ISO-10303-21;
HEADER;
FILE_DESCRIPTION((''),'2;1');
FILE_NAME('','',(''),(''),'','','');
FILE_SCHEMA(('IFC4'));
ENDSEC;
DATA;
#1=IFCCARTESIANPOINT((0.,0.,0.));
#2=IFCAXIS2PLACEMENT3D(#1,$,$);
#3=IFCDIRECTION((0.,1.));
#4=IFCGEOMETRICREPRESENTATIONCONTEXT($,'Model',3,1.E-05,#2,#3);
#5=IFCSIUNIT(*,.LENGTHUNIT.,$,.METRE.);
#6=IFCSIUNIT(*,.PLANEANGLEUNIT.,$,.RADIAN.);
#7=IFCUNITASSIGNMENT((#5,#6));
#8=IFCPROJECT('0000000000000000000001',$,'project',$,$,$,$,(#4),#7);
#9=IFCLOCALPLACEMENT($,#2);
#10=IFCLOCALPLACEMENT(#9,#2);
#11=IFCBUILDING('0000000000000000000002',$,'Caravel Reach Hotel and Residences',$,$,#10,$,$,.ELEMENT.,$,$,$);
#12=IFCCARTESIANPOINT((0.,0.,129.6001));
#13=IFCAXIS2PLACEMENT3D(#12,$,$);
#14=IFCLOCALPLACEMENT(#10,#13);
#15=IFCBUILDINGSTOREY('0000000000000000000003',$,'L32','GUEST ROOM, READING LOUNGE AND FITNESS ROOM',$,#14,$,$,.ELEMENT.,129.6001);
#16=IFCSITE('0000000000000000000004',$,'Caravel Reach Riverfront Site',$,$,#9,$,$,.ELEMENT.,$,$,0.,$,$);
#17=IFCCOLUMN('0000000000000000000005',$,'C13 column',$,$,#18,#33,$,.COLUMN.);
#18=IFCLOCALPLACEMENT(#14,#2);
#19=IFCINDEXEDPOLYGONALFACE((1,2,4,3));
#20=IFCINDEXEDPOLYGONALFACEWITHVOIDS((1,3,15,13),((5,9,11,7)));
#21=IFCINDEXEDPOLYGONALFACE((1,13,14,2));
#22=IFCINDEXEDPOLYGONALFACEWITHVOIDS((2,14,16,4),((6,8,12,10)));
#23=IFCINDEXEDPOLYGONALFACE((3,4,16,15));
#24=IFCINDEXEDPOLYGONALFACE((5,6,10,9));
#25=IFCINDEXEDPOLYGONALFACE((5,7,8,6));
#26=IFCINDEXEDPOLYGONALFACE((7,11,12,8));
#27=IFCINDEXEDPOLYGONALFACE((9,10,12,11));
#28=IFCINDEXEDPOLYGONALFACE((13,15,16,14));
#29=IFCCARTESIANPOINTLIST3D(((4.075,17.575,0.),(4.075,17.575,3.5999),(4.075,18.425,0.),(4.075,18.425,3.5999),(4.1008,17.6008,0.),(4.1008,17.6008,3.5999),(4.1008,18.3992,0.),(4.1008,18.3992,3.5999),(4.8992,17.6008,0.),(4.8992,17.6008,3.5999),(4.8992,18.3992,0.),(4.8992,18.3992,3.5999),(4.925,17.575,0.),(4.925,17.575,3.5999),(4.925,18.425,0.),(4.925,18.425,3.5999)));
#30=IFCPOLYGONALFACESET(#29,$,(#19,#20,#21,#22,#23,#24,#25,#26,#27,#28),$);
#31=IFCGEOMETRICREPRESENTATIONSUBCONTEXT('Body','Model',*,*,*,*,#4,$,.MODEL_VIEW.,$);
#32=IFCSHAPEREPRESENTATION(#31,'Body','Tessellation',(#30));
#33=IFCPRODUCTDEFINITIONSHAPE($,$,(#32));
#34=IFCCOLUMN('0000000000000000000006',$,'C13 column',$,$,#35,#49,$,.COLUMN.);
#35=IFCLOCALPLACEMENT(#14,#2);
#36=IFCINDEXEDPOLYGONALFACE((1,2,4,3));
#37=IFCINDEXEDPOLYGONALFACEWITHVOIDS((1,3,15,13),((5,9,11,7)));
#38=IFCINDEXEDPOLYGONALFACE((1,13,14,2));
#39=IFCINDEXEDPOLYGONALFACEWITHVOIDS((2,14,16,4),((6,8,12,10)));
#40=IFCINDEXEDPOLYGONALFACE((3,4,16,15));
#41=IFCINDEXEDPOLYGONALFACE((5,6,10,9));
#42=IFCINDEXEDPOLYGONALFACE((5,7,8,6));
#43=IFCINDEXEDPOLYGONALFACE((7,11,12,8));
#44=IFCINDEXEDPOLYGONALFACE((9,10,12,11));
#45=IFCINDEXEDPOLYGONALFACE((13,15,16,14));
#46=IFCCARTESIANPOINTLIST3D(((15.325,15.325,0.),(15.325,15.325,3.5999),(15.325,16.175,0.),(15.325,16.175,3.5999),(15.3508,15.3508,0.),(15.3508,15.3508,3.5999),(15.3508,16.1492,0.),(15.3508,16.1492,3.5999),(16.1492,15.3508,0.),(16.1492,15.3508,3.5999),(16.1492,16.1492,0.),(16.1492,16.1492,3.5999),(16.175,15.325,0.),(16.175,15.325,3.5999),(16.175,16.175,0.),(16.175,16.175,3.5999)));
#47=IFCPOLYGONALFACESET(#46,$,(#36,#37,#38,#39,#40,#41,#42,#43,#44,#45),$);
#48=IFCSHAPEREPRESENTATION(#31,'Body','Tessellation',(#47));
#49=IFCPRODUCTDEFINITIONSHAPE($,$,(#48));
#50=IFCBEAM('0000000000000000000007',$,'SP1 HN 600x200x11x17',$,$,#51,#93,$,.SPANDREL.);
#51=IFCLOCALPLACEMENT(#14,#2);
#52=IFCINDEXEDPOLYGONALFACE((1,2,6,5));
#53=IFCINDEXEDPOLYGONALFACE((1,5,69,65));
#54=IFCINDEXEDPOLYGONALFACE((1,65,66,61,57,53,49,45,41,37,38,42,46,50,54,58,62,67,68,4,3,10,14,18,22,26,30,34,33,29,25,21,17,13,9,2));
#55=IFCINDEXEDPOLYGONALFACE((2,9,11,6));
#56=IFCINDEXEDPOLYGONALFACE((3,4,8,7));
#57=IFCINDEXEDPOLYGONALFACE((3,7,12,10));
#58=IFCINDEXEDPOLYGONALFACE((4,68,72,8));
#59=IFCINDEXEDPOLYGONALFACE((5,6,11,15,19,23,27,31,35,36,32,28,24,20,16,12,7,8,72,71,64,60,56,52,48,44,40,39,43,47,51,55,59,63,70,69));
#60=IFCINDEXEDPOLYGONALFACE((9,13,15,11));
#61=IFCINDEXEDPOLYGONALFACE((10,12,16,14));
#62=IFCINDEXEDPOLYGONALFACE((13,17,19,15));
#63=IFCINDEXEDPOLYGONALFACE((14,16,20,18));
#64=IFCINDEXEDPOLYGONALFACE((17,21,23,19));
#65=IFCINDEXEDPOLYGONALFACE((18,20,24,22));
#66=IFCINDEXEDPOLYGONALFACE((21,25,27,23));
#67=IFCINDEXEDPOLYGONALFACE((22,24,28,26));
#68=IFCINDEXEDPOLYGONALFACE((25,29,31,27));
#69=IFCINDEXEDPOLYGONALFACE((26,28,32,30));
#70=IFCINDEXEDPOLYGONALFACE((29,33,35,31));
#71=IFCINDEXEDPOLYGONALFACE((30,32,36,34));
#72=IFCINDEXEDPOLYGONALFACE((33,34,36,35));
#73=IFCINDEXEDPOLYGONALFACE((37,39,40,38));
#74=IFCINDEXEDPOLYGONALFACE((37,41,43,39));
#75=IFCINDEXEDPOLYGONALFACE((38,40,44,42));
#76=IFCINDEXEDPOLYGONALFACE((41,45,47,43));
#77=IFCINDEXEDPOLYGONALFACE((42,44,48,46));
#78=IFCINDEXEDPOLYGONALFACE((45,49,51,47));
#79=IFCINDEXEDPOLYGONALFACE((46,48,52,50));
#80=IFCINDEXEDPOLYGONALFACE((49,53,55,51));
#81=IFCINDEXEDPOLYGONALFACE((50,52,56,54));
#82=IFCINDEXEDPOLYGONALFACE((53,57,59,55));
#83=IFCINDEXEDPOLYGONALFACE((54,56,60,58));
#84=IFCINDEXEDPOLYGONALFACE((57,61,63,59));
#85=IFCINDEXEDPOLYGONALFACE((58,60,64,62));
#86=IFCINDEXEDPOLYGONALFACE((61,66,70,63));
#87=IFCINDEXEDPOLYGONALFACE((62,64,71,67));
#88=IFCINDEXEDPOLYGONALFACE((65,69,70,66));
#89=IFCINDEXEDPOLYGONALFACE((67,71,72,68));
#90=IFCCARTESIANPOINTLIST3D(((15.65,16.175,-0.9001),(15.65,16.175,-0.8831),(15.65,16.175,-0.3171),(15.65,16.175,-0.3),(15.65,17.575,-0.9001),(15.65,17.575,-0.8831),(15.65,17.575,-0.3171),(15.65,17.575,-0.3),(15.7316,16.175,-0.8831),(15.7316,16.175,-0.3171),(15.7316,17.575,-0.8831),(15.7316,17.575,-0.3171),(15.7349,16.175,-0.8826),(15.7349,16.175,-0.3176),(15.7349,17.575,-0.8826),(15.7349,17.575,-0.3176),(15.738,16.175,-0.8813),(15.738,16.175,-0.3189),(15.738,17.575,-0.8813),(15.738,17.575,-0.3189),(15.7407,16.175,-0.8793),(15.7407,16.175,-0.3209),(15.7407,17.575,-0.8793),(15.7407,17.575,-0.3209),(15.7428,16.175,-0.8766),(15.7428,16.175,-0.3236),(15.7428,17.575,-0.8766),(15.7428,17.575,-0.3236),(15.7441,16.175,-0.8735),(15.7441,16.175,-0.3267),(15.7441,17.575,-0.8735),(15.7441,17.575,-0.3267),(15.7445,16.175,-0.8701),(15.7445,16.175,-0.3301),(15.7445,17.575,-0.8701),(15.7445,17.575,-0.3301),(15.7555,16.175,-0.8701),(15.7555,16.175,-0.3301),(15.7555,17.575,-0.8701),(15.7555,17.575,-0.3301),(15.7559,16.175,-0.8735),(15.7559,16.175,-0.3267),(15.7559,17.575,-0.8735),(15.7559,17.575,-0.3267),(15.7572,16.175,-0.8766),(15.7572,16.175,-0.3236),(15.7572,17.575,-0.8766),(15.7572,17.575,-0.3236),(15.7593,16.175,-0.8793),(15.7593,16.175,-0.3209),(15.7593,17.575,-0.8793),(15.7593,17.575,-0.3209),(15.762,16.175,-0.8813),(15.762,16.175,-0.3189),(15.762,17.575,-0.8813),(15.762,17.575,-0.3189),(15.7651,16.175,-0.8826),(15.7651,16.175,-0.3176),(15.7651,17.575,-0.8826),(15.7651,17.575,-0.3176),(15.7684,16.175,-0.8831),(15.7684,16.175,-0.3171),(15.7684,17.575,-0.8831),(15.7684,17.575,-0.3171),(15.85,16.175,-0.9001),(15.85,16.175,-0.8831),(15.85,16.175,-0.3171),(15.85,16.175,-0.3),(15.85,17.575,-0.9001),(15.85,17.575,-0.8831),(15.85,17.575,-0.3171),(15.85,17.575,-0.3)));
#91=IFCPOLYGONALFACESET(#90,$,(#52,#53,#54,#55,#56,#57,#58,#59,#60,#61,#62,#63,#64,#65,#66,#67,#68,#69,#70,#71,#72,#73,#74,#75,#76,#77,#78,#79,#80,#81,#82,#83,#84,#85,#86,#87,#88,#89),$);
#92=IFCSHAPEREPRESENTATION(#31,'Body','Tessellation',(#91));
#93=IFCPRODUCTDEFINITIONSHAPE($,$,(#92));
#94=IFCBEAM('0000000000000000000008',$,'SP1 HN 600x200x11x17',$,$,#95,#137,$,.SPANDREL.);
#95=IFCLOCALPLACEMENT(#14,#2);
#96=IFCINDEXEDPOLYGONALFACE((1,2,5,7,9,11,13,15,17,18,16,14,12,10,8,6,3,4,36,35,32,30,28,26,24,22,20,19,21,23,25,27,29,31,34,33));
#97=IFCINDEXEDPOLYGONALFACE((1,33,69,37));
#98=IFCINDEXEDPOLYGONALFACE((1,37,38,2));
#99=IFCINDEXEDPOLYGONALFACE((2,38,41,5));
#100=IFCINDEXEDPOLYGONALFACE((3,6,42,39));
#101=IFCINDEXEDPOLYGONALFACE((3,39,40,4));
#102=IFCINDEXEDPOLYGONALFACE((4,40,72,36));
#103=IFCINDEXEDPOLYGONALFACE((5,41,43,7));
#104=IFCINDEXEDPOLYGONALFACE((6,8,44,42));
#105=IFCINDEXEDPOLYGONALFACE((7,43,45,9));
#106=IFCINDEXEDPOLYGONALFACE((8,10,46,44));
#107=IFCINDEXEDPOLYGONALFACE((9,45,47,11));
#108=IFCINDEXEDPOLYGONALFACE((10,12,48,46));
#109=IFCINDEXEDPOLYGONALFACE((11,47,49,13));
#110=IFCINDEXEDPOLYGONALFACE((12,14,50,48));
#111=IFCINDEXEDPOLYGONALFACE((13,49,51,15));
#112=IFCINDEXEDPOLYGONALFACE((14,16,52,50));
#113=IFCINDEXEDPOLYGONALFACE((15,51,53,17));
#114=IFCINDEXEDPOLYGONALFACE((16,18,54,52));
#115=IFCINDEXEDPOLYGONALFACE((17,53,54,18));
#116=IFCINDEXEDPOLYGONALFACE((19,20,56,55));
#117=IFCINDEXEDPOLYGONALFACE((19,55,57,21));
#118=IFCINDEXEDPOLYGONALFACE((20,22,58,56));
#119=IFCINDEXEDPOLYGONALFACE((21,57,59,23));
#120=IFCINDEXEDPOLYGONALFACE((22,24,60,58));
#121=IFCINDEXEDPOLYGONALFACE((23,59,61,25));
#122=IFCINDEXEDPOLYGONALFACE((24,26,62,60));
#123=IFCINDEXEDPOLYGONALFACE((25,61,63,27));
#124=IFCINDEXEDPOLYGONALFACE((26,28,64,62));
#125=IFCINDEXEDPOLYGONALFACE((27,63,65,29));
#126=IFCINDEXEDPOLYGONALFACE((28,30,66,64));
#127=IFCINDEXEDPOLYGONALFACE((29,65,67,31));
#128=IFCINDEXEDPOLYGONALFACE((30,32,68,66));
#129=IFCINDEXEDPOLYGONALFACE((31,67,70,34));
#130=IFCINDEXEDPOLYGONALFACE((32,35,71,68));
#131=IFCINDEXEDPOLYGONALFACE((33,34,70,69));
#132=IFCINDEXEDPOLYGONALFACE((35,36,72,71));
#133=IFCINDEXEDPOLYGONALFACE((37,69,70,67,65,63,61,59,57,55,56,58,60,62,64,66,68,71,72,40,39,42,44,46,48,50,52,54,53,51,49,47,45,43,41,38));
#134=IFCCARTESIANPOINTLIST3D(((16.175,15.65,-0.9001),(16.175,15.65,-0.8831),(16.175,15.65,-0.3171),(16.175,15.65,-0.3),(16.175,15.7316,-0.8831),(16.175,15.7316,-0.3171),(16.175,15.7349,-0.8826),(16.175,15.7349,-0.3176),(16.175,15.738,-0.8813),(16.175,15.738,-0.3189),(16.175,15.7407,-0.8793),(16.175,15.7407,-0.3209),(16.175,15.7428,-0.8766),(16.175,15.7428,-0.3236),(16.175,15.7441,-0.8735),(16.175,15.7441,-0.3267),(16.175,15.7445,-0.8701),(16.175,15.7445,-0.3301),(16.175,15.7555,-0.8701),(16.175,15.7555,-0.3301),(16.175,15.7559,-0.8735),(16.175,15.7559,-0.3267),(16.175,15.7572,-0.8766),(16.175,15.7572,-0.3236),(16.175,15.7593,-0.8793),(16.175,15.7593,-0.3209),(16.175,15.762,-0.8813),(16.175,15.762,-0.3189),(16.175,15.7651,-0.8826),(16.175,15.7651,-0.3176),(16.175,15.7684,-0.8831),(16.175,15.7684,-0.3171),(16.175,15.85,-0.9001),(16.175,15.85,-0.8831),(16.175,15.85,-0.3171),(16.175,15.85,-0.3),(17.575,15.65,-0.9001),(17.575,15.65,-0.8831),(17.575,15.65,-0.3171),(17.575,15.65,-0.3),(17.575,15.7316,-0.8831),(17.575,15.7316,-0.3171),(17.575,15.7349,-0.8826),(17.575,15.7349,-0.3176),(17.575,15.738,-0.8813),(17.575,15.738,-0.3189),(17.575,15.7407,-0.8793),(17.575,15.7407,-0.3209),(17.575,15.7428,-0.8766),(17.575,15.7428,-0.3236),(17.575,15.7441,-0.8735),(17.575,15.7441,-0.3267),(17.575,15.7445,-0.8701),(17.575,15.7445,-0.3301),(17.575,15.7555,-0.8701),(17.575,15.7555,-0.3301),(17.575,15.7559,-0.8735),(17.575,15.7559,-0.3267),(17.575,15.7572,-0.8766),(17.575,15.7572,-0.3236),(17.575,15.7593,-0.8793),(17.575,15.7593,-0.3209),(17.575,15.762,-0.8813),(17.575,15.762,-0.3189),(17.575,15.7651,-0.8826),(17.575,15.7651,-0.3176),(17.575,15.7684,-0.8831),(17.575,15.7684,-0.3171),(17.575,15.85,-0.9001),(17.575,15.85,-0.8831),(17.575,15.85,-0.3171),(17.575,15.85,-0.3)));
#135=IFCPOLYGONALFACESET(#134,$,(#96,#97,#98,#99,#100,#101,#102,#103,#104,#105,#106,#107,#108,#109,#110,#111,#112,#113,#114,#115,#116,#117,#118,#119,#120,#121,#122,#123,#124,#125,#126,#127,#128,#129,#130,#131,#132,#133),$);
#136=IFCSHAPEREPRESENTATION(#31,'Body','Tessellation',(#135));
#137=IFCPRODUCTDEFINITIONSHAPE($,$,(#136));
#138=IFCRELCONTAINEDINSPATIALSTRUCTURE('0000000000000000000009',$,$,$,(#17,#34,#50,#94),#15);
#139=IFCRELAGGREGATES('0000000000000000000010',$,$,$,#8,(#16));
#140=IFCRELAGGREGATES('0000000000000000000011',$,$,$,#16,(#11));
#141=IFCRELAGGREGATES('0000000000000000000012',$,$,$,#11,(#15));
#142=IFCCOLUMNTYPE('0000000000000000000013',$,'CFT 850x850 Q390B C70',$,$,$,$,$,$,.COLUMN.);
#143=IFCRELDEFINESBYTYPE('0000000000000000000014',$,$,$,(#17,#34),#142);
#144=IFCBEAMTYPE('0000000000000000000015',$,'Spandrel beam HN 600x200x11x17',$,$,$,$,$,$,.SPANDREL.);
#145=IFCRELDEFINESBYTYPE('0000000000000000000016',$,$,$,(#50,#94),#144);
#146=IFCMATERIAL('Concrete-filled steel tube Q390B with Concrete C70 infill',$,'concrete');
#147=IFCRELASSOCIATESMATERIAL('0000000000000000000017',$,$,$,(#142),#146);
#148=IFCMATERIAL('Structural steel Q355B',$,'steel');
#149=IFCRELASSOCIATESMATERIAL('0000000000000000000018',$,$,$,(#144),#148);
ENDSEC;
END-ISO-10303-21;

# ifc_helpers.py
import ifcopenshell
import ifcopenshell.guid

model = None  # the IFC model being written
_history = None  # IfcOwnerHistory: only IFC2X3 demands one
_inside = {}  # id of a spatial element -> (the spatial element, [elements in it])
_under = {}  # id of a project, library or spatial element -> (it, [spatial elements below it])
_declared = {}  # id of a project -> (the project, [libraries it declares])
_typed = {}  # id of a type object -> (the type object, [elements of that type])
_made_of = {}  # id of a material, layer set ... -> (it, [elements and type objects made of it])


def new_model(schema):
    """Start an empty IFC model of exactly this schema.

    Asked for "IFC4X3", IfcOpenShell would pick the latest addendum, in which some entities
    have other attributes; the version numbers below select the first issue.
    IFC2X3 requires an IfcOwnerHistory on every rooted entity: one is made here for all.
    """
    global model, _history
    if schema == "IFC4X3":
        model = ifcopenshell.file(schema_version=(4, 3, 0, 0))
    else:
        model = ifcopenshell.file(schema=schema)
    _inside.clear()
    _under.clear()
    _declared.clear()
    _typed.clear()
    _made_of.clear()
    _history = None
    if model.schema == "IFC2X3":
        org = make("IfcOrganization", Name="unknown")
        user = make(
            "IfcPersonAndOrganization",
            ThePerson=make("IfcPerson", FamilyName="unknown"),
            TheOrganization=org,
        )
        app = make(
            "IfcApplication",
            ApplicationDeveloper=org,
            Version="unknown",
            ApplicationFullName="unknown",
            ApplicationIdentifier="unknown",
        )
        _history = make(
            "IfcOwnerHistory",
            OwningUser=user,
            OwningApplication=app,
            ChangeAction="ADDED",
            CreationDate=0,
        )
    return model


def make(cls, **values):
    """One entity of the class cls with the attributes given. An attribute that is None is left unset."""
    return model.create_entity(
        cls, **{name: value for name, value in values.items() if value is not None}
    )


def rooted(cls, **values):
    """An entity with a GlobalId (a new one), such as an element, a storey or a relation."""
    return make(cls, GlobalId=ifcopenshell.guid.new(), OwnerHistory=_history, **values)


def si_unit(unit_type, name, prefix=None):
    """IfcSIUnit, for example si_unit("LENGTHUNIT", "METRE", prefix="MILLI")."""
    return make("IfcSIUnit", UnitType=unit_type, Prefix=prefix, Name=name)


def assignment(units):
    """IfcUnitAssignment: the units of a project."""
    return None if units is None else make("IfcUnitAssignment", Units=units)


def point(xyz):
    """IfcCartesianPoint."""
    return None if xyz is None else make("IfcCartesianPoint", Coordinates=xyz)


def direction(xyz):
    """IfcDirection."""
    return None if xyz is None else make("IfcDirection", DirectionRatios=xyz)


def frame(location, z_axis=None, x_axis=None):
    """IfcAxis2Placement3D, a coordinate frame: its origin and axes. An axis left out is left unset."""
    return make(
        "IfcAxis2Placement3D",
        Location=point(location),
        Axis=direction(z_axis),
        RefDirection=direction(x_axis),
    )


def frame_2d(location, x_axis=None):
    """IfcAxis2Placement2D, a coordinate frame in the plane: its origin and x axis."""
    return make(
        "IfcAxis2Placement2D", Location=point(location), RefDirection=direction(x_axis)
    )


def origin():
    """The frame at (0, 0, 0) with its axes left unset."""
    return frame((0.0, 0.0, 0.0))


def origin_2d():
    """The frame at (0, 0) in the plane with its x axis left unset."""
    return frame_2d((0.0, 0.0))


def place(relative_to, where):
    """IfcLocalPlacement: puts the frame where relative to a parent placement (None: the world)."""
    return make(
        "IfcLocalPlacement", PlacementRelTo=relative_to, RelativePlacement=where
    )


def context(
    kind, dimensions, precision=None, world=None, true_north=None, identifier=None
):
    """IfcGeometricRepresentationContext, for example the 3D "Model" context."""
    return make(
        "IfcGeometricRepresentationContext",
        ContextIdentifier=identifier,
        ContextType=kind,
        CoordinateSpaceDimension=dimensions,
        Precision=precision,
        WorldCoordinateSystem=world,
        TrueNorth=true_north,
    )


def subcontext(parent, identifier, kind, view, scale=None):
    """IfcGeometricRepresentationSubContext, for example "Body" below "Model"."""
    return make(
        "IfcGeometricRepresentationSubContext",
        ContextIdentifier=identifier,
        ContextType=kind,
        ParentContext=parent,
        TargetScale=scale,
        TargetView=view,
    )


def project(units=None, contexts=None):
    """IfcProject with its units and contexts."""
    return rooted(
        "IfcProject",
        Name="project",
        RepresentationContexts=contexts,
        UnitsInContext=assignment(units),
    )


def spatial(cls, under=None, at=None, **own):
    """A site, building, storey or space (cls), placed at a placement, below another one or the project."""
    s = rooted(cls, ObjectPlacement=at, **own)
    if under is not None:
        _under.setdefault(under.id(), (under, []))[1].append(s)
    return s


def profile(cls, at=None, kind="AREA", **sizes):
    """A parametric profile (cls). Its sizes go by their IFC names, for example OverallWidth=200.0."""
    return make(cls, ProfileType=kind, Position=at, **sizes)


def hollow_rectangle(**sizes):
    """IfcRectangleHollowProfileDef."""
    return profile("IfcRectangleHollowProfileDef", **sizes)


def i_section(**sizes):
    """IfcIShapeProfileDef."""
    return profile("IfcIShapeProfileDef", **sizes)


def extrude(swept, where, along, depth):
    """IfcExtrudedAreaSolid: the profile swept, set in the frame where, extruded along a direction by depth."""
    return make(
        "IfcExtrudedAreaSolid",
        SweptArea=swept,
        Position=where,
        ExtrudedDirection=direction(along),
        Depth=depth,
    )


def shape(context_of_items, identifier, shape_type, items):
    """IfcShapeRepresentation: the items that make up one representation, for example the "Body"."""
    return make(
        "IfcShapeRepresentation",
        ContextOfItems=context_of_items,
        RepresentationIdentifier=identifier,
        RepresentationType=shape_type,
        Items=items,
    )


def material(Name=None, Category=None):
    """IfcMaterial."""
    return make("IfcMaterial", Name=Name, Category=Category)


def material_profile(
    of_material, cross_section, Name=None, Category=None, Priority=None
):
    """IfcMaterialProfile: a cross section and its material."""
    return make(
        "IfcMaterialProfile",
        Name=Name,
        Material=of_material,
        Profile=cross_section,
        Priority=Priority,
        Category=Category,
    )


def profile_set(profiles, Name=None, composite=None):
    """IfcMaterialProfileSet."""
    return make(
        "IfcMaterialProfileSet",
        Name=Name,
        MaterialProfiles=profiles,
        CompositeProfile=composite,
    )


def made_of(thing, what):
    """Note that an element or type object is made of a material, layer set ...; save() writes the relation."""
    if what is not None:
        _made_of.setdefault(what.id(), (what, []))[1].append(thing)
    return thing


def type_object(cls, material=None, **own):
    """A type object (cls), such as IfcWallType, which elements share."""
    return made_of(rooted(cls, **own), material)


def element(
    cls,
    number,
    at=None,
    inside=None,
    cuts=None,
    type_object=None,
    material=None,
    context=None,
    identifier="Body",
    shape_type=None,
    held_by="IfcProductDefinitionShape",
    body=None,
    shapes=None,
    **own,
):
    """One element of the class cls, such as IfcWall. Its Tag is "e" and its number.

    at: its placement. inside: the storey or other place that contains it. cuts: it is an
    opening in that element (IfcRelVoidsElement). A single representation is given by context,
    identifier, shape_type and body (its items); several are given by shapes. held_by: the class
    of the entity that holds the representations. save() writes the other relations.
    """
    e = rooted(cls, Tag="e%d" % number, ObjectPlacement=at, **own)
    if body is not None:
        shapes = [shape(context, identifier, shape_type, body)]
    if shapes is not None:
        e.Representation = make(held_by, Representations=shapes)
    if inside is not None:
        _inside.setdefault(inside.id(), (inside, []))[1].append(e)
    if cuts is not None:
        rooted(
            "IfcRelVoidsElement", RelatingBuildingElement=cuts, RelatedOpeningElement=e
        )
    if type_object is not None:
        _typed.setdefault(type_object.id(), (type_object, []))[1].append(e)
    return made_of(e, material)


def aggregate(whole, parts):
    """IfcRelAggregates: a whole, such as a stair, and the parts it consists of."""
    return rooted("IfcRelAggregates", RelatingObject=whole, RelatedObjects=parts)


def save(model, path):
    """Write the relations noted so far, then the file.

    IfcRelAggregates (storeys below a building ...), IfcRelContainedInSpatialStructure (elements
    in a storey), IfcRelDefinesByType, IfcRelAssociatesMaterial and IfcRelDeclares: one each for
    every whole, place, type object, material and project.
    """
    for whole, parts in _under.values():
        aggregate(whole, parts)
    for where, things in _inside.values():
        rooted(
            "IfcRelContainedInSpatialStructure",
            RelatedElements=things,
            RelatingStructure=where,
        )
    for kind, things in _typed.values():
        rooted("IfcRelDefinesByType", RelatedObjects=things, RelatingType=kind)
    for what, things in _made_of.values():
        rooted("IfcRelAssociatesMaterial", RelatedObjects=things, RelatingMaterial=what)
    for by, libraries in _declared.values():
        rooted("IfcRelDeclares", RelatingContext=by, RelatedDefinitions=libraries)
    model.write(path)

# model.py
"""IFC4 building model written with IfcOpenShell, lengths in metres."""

from ifc_helpers import new_model, si_unit, direction, frame, origin, origin_2d, place, context, subcontext, project, spatial, hollow_rectangle, i_section, extrude, material, material_profile, profile_set, type_object, element, save


model = new_model("IFC4")

# Units and contexts
model_context = context("Model", 3, precision=1e-05, world=origin(), true_north=direction((0.0, 1.0)))
body_context = subcontext(model_context, "Body", "Model", "MODEL_VIEW")
ifc_project = project(units=[si_unit("LENGTHUNIT", "METRE"), si_unit("PLANEANGLEUNIT", "RADIAN")], contexts=[model_context])

# Site, building, storey
site_placement = place(None, origin())
site = spatial("IfcSite", under=ifc_project, at=site_placement, Name="Caravel Reach Riverfront Site", CompositionType="ELEMENT", RefElevation=0.0)
building_placement = place(site_placement, origin())
building = spatial("IfcBuilding", under=site, at=building_placement, Name="Caravel Reach Hotel and Residences", CompositionType="ELEMENT")
storey_placement = place(building_placement, frame((0.0, 0.0, 129.6001)))
storey = spatial("IfcBuildingStorey", under=building, at=storey_placement, Name="L32", Description="GUEST ROOM, READING LOUNGE AND FITNESS ROOM", CompositionType="ELEMENT", Elevation=129.6001)

# Columns
ifc_material_1 = material(Name="Concrete-filled steel tube Q390B with Concrete C70 infill", Category="concrete")
ifc_material_profile_1 = material_profile(ifc_material_1, hollow_rectangle(XDim=0.8501, YDim=0.8501, WallThickness=0.0259, at=origin_2d()), Name="RHS 850x850x26")
ifc_profile_set_1 = profile_set([ifc_material_profile_1], Name="Concrete-filled steel tube Q390B with Concrete C70 infill")
column_type = type_object("IfcColumnType", Name="CFT 850x850 Q390B C70", PredefinedType="COLUMN", material=ifc_profile_set_1)
for number, where, z_axis, x_axis, name in (
    (1, (4.5, 18.0, 0.0), (0.0, 0.0, 1.0), (1.0, 0.0, 0.0), "C13 column"),
    (2, (15.75, 15.75, 0.0), (0.0, 0.0, 1.0), (1.0, 0.0, 0.0), "C13 column"),
):
    element("IfcColumn", number, at=place(storey_placement, frame(where, z_axis=z_axis, x_axis=x_axis)), inside=storey, type_object=column_type, Name=name, PredefinedType="COLUMN", context=body_context, shape_type="SweptSolid", body=[
        extrude(hollow_rectangle(XDim=0.8501, YDim=0.8501, WallThickness=0.0259, at=origin_2d()), origin(), (0.0, 0.0, 1.0), 3.5999),
    ])

# Beams
ifc_material_2 = material(Name="Structural steel Q355B", Category="steel")
ifc_material_profile_2 = material_profile(ifc_material_2, i_section(OverallWidth=0.2, OverallDepth=0.6001, WebThickness=0.011, FlangeThickness=0.0171, FilletRadius=0.0129, at=origin_2d()), Name="HN 600x200x11x17")
ifc_profile_set_2 = profile_set([ifc_material_profile_2], Name="Structural steel Q355B")
beam_type = type_object("IfcBeamType", Name="Spandrel beam HN 600x200x11x17", PredefinedType="SPANDREL", material=ifc_profile_set_2)
for number, where, z_axis, x_axis, name in (
    (3, (15.75, 17.575, -0.6001), (0.0, -1.0, 0.0), (1.0, 0.0, 0.0), "SP1 HN 600x200x11x17"),
    (4, (16.175, 15.75, -0.6001), (1.0, 0.0, 0.0), (0.0, 1.0, 0.0), "SP1 HN 600x200x11x17"),
):
    element("IfcBeam", number, at=place(storey_placement, frame(where, z_axis=z_axis, x_axis=x_axis)), inside=storey, type_object=beam_type, Name=name, PredefinedType="SPANDREL", context=body_context, shape_type="SweptSolid", body=[
        extrude(i_section(OverallWidth=0.2, OverallDepth=0.6001, WebThickness=0.011, FlangeThickness=0.0171, FilletRadius=0.0129, at=origin_2d()), origin(), (0.0, 0.0, 1.0), 1.3999),
    ])

save(model, "model.ifc")
